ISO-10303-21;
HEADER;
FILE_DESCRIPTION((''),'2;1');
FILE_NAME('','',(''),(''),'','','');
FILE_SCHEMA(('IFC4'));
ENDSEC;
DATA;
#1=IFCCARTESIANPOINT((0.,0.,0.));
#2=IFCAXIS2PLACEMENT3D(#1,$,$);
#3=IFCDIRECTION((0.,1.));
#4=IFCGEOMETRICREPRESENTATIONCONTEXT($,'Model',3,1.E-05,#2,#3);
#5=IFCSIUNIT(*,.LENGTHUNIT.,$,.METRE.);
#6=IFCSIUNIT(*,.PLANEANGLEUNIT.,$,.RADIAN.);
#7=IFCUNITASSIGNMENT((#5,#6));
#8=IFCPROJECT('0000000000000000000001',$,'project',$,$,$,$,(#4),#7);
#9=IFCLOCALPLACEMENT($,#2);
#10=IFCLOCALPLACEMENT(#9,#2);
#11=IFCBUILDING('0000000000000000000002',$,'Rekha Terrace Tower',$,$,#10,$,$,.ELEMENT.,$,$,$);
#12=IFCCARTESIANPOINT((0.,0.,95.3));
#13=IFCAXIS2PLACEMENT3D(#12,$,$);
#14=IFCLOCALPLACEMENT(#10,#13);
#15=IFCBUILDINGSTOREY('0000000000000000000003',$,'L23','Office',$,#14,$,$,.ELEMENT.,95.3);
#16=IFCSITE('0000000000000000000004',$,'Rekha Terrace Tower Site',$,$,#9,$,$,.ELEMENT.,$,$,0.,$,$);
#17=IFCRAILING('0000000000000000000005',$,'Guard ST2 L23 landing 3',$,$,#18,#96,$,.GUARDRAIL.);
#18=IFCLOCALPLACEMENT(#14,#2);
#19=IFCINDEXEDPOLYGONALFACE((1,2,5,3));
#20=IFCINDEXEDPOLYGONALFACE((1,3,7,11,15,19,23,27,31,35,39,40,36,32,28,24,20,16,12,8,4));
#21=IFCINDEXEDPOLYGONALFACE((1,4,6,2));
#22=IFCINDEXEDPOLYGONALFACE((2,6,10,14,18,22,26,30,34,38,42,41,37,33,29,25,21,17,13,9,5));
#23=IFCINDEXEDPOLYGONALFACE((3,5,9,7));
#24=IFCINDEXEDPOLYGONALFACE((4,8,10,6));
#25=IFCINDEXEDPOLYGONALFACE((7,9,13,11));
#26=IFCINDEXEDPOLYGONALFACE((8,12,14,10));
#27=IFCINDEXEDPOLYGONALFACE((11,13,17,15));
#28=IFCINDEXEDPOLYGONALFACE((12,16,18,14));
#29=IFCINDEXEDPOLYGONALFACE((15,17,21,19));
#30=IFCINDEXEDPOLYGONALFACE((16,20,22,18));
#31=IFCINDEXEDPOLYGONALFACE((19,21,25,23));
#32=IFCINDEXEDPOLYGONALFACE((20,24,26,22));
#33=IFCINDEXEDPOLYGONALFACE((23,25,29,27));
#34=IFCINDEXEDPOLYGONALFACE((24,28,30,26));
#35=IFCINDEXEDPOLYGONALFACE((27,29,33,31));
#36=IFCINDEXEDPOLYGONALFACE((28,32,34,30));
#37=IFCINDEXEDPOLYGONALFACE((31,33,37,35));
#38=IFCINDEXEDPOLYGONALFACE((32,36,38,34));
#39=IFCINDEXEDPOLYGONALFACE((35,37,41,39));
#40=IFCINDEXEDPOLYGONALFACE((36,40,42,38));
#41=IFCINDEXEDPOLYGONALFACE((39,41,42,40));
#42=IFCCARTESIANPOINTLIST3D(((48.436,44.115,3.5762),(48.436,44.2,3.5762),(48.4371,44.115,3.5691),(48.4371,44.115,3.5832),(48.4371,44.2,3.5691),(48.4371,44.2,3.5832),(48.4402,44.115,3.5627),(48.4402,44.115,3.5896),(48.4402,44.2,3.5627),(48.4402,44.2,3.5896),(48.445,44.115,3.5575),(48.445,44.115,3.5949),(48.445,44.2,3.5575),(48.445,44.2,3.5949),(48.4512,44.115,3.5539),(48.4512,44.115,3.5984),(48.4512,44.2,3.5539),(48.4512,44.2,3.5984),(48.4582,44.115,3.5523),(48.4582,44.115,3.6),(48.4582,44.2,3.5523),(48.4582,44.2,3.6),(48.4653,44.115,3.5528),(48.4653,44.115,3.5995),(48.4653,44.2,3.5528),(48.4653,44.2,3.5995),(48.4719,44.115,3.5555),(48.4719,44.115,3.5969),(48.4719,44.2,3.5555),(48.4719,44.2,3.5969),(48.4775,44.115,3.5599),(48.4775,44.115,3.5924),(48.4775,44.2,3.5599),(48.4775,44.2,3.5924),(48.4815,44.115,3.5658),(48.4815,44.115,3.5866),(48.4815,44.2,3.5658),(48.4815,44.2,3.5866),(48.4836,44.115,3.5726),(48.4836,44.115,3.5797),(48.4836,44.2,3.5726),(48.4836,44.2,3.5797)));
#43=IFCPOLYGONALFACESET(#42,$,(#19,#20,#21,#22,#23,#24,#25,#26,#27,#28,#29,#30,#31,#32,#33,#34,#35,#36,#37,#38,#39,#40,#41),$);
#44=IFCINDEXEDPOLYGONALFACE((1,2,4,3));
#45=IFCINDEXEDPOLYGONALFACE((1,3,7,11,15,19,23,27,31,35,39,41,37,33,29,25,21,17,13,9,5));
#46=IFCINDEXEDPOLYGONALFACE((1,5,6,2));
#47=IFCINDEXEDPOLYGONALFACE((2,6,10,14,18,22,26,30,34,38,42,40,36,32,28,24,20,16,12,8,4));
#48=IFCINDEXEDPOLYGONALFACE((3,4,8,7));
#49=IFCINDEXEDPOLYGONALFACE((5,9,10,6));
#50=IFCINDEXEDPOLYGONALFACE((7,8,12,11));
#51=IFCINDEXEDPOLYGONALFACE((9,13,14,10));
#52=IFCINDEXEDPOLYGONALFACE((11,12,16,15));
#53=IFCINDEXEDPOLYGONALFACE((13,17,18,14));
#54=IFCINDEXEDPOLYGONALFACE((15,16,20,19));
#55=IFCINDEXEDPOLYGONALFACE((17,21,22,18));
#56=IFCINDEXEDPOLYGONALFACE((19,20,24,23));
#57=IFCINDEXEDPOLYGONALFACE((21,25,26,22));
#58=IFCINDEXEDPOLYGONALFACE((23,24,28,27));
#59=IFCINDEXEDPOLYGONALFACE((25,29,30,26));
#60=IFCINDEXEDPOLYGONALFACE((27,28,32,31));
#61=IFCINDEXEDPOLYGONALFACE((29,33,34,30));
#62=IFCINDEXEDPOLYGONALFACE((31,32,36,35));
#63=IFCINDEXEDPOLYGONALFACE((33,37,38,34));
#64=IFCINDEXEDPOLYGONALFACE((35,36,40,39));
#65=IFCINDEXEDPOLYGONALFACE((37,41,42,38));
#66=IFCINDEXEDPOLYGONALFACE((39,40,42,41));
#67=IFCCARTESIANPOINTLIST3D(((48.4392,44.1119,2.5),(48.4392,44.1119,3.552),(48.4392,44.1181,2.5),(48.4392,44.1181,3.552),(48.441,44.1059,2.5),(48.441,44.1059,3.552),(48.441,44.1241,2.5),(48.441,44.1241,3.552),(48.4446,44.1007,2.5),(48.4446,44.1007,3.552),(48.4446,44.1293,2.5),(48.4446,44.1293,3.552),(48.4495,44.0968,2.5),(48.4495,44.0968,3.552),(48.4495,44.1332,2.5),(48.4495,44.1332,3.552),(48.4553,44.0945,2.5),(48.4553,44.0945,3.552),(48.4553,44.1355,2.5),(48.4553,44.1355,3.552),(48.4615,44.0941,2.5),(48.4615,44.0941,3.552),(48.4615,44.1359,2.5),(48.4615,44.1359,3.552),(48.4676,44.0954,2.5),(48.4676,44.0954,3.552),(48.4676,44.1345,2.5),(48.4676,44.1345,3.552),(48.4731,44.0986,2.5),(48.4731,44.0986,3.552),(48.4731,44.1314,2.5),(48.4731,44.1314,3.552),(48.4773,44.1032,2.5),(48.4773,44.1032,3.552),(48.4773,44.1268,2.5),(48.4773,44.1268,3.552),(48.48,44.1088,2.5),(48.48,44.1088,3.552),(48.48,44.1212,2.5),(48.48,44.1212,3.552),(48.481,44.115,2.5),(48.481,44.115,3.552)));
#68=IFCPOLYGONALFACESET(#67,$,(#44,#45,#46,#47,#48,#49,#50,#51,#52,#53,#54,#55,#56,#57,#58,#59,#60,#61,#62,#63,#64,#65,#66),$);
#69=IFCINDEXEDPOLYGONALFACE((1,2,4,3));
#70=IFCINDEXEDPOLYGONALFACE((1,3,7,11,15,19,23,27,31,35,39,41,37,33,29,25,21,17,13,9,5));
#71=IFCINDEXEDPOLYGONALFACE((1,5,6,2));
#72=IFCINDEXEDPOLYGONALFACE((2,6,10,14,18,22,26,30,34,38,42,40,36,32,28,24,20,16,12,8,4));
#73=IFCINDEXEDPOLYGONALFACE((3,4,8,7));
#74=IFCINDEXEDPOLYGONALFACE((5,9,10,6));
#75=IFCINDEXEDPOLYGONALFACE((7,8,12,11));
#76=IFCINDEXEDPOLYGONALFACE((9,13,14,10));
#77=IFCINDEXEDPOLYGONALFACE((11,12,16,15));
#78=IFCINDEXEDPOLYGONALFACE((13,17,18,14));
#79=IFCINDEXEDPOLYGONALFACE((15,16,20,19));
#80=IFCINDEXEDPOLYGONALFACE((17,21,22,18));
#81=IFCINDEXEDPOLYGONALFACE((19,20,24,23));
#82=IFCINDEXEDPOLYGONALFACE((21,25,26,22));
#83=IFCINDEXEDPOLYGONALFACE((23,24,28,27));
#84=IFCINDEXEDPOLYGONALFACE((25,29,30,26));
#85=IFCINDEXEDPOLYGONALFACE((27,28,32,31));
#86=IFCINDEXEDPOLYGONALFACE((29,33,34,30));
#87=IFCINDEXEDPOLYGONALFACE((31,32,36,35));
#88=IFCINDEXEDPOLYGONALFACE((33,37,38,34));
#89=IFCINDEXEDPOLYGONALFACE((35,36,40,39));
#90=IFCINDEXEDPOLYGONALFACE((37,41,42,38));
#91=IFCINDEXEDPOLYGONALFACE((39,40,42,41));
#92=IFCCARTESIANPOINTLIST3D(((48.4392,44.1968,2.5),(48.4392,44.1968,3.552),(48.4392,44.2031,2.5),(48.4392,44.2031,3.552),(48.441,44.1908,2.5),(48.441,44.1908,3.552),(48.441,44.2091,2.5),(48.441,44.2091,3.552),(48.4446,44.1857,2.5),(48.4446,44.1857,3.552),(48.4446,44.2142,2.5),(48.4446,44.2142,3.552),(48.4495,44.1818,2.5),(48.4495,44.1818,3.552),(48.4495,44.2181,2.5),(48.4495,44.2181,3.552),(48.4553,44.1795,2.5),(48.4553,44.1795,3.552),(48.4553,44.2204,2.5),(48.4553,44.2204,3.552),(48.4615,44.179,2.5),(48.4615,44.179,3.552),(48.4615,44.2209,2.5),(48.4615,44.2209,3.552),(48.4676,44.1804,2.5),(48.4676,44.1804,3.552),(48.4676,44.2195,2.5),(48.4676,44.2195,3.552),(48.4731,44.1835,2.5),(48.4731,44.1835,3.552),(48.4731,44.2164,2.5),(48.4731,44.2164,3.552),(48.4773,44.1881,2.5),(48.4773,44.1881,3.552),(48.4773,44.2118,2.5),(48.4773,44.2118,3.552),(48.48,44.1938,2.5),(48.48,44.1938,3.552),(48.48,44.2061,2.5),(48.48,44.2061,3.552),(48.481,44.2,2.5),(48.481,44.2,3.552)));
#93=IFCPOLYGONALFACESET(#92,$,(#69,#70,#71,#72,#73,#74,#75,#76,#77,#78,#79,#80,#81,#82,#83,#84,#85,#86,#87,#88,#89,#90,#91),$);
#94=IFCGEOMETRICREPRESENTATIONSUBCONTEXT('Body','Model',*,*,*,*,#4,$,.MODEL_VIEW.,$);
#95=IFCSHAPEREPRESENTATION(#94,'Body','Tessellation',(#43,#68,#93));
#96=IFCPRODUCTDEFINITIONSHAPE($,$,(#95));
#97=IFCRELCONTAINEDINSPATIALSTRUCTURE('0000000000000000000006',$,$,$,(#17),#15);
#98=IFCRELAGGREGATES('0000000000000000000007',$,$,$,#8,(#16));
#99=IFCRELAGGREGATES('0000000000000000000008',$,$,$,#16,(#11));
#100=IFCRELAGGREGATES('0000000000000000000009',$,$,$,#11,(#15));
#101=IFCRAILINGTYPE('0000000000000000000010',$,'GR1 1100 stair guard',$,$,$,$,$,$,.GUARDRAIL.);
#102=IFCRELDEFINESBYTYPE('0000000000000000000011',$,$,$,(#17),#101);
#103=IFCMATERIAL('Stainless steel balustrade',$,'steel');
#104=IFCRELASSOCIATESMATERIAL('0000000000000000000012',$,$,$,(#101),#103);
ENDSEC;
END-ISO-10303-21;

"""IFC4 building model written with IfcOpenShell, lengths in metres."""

from ifc_helpers import new_model, si_unit, direction, frame, origin, origin_2d, place, context, subcontext, project, spatial, circle, extrude, material, type_object, element, save


model = new_model("IFC4")

# Units and contexts
model_context = context("Model", 3, precision=1e-05, world=origin(), true_north=direction((0.0, 1.0)))
body_context = subcontext(model_context, "Body", "Model", "MODEL_VIEW")
ifc_project = project(units=[si_unit("LENGTHUNIT", "METRE"), si_unit("PLANEANGLEUNIT", "RADIAN")], contexts=[model_context])

# Site, building, storey
site_placement = place(None, origin())
site = spatial("IfcSite", under=ifc_project, at=site_placement, Name="Rekha Terrace Tower Site", CompositionType="ELEMENT", RefElevation=0.0)
building_placement = place(site_placement, origin())
building = spatial("IfcBuilding", under=site, at=building_placement, Name="Rekha Terrace Tower", CompositionType="ELEMENT")
storey_placement = place(building_placement, frame((0.0, 0.0, 95.3)))
storey = spatial("IfcBuildingStorey", under=building, at=storey_placement, Name="L23", Description="Office", CompositionType="ELEMENT", Elevation=95.3)

# Railing
ifc_material_1 = material(Name="Stainless steel balustrade", Category="steel")
railing_type_1 = type_object("IfcRailingType", Name="GR1 1100 stair guard", PredefinedType="GUARDRAIL", material=ifc_material_1)
railing_1_placement = place(storey_placement, frame((48.46, 44.115, 2.5)))
element("IfcRailing", 1, at=railing_1_placement, inside=storey, type_object=railing_type_1, Name="Guard ST2 L23 landing 3", PredefinedType="GUARDRAIL", context=body_context, shape_type="SweptSolid", body=[
    extrude(circle(Radius=0.0239, at=origin_2d()), frame((0.0, 0.0, 1.0762), z_axis=(0.0, 1.0, 0.0), x_axis=(-1.0, 0.0, 0.0)), (0.0, 0.0, 1.0), 0.085),
    extrude(circle(Radius=0.021, at=origin_2d()), origin(), (0.0, 0.0, 1.0), 1.052),
    extrude(circle(Radius=0.021, at=origin_2d()), frame((0.0, 0.085, 0.0)), (0.0, 0.0, 1.0), 1.052),
])

save(model, "model.ifc")
